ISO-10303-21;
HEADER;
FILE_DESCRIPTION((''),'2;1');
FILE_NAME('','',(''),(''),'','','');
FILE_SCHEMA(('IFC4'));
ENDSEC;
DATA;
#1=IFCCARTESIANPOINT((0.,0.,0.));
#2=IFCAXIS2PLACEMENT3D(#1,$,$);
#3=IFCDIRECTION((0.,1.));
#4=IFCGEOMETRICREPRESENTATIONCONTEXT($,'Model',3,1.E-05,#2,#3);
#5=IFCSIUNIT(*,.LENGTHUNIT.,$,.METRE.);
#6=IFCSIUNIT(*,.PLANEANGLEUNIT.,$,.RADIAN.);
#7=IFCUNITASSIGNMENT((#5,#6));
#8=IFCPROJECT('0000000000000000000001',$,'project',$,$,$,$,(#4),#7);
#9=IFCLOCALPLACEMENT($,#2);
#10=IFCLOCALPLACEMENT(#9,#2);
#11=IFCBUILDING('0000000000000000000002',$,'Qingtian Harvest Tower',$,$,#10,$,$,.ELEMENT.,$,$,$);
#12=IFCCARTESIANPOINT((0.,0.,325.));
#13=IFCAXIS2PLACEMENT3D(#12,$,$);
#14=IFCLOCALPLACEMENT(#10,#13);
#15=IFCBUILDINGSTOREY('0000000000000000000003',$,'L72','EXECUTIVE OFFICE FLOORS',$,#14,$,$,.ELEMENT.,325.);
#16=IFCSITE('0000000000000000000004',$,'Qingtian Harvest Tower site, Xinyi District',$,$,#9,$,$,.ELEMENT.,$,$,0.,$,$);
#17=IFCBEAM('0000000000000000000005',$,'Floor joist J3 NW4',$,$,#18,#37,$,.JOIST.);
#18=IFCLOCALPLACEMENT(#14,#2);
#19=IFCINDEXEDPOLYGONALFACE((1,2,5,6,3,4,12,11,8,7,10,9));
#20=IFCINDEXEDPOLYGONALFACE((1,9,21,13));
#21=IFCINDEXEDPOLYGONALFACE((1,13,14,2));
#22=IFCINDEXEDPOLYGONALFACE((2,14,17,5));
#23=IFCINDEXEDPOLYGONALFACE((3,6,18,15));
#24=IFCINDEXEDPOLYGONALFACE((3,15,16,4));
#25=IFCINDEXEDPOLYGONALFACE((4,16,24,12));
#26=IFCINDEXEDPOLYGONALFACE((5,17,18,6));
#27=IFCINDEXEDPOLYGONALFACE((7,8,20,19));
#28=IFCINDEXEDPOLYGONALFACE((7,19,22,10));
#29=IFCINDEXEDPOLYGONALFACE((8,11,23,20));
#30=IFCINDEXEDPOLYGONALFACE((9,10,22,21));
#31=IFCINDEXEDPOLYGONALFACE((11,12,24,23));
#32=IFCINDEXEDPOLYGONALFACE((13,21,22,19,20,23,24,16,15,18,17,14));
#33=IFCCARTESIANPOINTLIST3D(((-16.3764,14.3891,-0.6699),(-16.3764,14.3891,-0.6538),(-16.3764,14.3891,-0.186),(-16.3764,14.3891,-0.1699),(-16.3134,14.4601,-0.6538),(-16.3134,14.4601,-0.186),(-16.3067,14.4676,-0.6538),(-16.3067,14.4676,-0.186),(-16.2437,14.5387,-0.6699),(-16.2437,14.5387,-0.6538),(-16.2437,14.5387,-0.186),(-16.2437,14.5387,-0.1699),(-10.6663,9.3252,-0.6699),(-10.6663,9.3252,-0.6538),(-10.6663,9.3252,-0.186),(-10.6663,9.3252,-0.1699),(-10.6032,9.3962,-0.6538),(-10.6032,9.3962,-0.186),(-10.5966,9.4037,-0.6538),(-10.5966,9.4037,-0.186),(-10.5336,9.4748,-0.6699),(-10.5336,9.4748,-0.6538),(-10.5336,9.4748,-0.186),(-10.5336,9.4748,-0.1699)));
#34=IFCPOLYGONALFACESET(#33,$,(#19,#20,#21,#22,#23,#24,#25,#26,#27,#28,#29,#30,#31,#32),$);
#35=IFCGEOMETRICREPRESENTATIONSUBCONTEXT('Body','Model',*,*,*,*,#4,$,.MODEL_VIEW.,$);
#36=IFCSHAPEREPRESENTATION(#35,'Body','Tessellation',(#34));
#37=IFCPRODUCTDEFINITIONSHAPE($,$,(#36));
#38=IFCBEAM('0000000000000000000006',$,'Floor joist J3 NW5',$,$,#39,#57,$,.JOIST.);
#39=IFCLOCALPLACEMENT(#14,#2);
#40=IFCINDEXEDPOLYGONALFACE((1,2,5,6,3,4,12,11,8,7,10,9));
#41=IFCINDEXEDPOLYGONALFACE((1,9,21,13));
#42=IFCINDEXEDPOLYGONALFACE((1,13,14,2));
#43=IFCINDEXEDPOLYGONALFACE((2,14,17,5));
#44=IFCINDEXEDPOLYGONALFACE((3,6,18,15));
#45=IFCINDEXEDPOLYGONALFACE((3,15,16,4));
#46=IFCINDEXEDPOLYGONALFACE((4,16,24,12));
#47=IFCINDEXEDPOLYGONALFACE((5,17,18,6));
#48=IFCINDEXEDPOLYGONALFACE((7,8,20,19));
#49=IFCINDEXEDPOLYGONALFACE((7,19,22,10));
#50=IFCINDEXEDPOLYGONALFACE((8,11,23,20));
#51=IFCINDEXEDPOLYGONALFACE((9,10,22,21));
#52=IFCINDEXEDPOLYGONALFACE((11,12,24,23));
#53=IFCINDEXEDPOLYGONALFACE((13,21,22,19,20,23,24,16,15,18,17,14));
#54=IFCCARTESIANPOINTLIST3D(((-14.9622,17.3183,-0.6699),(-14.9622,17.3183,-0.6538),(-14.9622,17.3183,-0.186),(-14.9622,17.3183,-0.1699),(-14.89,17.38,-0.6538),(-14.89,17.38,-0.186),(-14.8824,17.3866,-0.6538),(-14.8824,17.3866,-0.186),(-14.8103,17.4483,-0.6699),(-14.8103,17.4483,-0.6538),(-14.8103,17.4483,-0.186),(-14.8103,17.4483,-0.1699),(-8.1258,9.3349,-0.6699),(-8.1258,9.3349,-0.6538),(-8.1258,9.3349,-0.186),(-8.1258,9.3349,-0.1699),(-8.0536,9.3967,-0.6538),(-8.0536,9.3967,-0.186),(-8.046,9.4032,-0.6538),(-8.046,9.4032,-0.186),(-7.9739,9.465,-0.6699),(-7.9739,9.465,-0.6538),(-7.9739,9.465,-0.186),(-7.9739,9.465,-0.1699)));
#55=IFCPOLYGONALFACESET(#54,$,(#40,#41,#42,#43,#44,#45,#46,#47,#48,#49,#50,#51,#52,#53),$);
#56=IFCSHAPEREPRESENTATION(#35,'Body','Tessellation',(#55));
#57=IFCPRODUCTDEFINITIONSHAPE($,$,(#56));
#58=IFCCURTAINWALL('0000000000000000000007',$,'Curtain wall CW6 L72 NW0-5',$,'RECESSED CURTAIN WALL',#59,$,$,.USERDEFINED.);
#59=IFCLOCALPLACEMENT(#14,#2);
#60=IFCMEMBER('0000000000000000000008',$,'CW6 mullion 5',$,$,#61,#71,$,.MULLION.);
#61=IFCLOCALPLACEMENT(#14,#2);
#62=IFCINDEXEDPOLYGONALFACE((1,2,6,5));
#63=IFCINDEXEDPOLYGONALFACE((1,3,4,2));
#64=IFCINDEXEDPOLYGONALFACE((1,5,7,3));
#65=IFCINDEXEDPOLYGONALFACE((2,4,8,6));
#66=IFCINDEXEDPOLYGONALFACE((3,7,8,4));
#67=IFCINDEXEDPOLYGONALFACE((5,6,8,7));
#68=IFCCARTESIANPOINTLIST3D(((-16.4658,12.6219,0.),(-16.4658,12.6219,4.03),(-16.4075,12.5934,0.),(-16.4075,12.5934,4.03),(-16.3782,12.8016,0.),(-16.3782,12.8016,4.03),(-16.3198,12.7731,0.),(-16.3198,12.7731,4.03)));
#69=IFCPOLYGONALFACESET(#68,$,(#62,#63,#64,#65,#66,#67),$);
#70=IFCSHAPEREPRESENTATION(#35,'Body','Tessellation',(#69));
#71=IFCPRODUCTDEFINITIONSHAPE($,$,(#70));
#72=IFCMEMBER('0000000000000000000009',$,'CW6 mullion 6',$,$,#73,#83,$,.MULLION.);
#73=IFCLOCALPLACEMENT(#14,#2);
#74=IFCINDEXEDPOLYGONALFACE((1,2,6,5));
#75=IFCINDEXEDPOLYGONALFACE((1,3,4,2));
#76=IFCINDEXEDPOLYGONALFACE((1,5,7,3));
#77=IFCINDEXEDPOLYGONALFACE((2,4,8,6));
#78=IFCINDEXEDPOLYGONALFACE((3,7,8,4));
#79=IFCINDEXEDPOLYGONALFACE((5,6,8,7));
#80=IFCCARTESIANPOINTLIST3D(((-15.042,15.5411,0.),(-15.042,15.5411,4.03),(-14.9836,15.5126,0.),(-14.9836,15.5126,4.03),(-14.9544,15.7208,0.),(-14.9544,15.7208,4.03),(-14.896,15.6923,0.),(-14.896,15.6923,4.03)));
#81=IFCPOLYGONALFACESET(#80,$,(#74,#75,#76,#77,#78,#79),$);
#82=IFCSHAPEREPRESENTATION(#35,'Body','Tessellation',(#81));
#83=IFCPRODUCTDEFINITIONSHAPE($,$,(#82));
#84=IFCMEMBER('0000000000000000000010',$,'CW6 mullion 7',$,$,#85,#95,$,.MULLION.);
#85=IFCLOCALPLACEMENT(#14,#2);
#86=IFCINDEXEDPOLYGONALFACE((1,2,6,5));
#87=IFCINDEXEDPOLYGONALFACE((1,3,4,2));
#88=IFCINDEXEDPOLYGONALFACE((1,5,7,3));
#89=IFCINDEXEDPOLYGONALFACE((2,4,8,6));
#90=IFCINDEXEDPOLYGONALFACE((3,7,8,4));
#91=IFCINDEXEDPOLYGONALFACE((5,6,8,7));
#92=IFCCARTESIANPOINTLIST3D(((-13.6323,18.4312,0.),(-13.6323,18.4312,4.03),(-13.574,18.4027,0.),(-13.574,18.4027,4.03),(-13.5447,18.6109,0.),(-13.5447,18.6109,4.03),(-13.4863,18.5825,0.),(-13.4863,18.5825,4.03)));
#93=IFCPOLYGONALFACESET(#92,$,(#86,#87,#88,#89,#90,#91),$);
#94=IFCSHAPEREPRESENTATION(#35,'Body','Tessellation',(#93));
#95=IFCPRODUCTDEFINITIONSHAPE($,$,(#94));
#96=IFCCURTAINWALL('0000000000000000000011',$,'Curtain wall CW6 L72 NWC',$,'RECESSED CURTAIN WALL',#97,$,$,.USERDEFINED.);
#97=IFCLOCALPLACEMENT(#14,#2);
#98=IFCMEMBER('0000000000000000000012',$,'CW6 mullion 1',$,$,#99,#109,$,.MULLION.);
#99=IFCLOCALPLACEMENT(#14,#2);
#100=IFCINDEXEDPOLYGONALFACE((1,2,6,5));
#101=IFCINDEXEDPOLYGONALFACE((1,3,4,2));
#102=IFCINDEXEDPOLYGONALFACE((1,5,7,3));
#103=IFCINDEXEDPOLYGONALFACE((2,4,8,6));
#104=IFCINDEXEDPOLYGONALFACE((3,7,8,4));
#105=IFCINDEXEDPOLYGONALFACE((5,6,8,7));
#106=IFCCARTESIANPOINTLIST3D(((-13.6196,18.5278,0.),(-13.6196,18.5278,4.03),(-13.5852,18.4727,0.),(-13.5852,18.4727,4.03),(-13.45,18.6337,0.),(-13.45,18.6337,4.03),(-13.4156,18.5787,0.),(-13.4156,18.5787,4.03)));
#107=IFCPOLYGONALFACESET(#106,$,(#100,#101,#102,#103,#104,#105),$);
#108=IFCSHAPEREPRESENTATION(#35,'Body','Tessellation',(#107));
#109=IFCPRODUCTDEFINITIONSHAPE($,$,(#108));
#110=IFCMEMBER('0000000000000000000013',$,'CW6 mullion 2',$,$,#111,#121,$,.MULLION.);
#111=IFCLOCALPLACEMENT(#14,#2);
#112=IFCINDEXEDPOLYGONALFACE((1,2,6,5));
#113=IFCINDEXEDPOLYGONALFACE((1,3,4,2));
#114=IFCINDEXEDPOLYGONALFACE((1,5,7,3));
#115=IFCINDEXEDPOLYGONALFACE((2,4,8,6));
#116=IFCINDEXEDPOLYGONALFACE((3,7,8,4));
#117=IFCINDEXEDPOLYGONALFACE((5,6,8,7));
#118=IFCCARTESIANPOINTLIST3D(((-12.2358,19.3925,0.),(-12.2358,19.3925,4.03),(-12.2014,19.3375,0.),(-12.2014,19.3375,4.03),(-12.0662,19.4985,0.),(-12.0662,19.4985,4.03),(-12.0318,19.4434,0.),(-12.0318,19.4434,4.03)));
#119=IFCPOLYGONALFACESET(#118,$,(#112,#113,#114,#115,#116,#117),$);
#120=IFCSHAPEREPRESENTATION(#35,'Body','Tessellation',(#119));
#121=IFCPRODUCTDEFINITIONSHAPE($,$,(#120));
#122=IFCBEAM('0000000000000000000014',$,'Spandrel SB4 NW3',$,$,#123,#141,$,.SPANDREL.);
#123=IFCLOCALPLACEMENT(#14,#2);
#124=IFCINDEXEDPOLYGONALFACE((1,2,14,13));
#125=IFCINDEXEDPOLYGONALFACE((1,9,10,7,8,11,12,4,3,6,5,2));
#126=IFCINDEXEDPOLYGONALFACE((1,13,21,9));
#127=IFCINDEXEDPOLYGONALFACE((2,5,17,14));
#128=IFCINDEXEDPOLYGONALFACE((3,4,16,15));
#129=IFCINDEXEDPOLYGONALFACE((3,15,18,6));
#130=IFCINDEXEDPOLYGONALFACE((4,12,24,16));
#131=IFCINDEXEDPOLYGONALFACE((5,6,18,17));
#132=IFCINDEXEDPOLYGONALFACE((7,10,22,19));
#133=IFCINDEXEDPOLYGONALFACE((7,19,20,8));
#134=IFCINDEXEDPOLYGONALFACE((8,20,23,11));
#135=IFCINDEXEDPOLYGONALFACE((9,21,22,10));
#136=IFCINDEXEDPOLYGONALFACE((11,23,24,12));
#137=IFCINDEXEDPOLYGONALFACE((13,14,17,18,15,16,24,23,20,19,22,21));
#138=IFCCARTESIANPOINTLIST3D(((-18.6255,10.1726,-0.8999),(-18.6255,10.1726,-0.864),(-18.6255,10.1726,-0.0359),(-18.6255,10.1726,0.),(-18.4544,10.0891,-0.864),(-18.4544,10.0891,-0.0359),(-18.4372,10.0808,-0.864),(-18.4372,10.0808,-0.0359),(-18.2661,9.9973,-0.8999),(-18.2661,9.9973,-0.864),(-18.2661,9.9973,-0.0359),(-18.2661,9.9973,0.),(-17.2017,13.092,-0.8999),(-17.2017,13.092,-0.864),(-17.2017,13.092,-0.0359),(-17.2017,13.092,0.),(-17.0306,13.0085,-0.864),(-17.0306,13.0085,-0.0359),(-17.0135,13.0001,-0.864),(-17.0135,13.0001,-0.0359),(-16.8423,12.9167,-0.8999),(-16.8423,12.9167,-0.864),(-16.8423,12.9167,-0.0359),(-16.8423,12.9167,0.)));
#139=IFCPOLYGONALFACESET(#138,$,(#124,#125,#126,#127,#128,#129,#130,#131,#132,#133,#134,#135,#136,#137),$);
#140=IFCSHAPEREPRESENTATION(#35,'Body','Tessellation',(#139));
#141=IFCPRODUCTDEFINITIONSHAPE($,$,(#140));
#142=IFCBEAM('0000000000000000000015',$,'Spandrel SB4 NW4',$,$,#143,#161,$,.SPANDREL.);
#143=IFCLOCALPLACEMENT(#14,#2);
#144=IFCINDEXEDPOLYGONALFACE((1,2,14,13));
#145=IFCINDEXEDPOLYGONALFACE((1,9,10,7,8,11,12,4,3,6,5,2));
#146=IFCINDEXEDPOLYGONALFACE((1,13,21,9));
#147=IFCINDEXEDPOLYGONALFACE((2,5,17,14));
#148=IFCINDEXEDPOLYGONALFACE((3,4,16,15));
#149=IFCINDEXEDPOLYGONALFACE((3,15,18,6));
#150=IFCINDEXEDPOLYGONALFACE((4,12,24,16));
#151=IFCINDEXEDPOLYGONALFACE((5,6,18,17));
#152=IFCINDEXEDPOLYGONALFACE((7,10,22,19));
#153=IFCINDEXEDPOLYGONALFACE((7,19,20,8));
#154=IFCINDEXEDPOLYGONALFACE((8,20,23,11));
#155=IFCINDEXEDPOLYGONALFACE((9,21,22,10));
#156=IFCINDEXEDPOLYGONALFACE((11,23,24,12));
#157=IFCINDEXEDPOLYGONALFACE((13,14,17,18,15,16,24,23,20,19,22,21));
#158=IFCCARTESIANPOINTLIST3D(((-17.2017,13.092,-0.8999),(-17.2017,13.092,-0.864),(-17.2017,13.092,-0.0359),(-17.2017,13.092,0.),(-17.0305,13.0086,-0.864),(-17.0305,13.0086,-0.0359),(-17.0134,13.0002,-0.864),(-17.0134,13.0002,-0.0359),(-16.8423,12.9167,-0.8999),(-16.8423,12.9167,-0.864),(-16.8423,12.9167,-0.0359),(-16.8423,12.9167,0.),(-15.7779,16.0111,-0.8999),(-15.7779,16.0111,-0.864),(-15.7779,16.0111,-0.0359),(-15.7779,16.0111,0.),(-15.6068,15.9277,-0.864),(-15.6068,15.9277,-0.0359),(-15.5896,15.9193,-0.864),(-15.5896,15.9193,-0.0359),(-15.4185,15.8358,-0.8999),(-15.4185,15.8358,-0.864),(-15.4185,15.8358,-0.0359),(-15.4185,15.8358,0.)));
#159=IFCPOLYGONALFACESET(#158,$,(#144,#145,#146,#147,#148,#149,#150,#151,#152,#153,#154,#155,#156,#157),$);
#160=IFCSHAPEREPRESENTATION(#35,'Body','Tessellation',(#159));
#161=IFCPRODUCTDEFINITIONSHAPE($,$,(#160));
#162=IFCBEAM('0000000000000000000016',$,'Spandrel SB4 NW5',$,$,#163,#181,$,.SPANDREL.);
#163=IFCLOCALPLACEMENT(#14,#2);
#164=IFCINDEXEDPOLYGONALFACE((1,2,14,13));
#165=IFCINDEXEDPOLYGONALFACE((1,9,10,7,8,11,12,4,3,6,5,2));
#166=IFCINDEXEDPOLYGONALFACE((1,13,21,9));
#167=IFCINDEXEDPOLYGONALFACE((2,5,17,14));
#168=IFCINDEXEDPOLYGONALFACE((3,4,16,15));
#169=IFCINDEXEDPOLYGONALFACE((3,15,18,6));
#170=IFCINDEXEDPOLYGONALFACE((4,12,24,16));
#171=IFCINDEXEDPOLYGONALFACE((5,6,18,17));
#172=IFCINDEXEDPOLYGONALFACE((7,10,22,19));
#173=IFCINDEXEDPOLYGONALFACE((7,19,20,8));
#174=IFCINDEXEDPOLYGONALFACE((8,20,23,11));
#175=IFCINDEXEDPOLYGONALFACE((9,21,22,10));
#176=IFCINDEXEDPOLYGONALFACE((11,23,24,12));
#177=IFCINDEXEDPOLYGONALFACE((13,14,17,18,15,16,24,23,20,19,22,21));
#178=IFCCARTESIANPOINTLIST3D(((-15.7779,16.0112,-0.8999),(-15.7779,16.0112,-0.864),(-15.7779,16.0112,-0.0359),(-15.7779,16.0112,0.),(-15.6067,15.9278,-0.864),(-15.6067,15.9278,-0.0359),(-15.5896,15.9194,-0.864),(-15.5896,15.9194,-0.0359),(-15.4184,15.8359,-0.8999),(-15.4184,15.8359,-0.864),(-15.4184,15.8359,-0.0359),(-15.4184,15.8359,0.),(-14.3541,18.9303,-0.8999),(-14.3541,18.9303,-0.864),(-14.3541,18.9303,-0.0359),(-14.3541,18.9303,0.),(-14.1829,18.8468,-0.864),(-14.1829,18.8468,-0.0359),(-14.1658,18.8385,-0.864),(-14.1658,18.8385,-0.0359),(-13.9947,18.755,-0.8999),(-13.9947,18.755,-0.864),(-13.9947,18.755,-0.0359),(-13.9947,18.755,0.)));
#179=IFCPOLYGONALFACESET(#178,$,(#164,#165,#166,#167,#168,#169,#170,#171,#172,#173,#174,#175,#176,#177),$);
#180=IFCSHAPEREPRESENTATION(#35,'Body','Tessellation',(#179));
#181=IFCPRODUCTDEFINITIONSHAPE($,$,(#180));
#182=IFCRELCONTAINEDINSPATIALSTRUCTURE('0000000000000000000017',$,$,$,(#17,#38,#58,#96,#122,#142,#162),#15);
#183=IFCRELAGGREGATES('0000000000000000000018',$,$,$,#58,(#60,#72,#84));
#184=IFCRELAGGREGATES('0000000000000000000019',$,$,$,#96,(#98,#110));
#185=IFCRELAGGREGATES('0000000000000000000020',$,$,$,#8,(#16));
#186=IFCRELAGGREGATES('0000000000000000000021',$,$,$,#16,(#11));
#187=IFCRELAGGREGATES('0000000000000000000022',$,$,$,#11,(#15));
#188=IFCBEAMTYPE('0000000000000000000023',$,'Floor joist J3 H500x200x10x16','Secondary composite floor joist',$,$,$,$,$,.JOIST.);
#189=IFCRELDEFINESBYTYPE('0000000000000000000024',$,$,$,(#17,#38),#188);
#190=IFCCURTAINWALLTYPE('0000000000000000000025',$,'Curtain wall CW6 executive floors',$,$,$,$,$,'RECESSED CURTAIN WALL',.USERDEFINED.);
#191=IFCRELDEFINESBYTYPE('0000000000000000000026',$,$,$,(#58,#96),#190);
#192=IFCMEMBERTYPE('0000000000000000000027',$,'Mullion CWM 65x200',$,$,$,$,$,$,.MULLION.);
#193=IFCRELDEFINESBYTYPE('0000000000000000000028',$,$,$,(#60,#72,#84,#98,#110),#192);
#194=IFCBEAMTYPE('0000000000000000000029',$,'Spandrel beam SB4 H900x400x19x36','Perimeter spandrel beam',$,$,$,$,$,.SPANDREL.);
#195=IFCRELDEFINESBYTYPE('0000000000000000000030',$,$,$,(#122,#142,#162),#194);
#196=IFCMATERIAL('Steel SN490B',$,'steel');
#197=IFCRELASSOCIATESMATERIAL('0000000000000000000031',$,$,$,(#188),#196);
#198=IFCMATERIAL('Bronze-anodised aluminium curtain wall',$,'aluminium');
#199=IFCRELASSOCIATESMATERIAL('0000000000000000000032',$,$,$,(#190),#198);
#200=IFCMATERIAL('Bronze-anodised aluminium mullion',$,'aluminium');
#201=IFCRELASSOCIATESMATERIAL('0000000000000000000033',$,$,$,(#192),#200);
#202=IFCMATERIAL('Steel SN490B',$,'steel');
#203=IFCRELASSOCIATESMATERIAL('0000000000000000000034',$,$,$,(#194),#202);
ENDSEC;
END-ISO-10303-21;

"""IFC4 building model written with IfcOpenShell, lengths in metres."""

from ifc_helpers import new_model, si_unit, direction, frame, origin, origin_2d, place, context, subcontext, project, spatial, rectangle, i_section, extrude, material, material_profile, profile_set, type_object, element, aggregate, save


model = new_model("IFC4")

# Units and contexts
model_context = context("Model", 3, precision=1e-05, world=origin(), true_north=direction((0.0, 1.0)))
body_context = subcontext(model_context, "Body", "Model", "MODEL_VIEW")
ifc_project = project(units=[si_unit("LENGTHUNIT", "METRE"), si_unit("PLANEANGLEUNIT", "RADIAN")], contexts=[model_context])

# Site, building, storey
site_placement = place(None, origin())
site = spatial("IfcSite", under=ifc_project, at=site_placement, Name="Qingtian Harvest Tower site, Xinyi District", CompositionType="ELEMENT", RefElevation=0.0)
building_placement = place(site_placement, origin())
building = spatial("IfcBuilding", under=site, at=building_placement, Name="Qingtian Harvest Tower", CompositionType="ELEMENT")
storey_placement = place(building_placement, frame((0.0, 0.0, 325.0)))
storey = spatial("IfcBuildingStorey", under=building, at=storey_placement, Name="L72", Description="EXECUTIVE OFFICE FLOORS", CompositionType="ELEMENT", Elevation=325.0)

# Beams
ifc_material_1 = material(Name="Steel SN490B", Category="steel")
ifc_material_profile_1 = material_profile(ifc_material_1, i_section(OverallWidth=0.2, OverallDepth=0.5, WebThickness=0.01, FlangeThickness=0.0161, at=origin_2d()), Name="H500x200x10x16")
ifc_profile_set_1 = profile_set([ifc_material_profile_1], Name="Steel SN490B")
beam_type_1 = type_object("IfcBeamType", Name="Floor joist J3 H500x200x10x16", Description="Secondary composite floor joist", PredefinedType="JOIST", material=ifc_profile_set_1)
beam_1_placement = place(storey_placement, frame((-16.3101, 14.4639, -0.4199), z_axis=(0.748175, -0.663502, 0.0), x_axis=(0.663502, 0.748175, 0.0)))
element("IfcBeam", 1, at=beam_1_placement, inside=storey, type_object=beam_type_1, Name="Floor joist J3 NW4", PredefinedType="JOIST", context=body_context, shape_type="SweptSolid", body=[
    extrude(i_section(OverallWidth=0.2, OverallDepth=0.5, WebThickness=0.01, FlangeThickness=0.0161, at=origin_2d()), origin(), (0.0, 0.0, 1.0), 7.6321),
])
beam_2_placement = place(storey_placement, frame((-14.8862, 17.3833, -0.4199), z_axis=(0.650436, -0.759561, 0.0), x_axis=(0.759561, 0.650436, 0.0)))
element("IfcBeam", 2, at=beam_2_placement, inside=storey, type_object=beam_type_1, Name="Floor joist J3 NW5", PredefinedType="JOIST", context=body_context, shape_type="SweptSolid", body=[
    extrude(i_section(OverallWidth=0.2, OverallDepth=0.5, WebThickness=0.01, FlangeThickness=0.0161, at=origin_2d()), origin(), (0.0, 0.0, 1.0), 10.5105),
])

# Curtain walls, members
ifc_material_2 = material(Name="Bronze-anodised aluminium curtain wall", Category="aluminium")
curtain_wall_type = type_object("IfcCurtainWallType", Name="Curtain wall CW6 executive floors", ElementType="RECESSED CURTAIN WALL", PredefinedType="USERDEFINED", material=ifc_material_2)
curtain_wall_1_placement = place(storey_placement, origin())
curtain_wall_1 = element("IfcCurtainWall", 3, at=curtain_wall_1_placement, inside=storey, type_object=curtain_wall_type, Name="Curtain wall CW6 L72 NW0-5", ObjectType="RECESSED CURTAIN WALL", PredefinedType="USERDEFINED")
ifc_material_3 = material(Name="Bronze-anodised aluminium mullion", Category="aluminium")
ifc_material_profile_2 = material_profile(ifc_material_3, rectangle(XDim=0.0649, YDim=0.2, at=origin_2d()), Name="AL 65x200")
ifc_profile_set_2 = profile_set([ifc_material_profile_2], Name="Bronze-anodised aluminium mullion")
member_type_1 = type_object("IfcMemberType", Name="Mullion CWM 65x200", PredefinedType="MULLION", material=ifc_profile_set_2)
member_1_placement = place(storey_placement, frame((-16.3928, 12.6975, 0.0), z_axis=(0.0, 0.0, 1.0), x_axis=(-0.898794, 0.438371, 0.0)))
member_1 = element("IfcMember", 4, at=member_1_placement, type_object=member_type_1, Name="CW6 mullion 5", PredefinedType="MULLION", context=body_context, shape_type="SweptSolid", body=[
    extrude(rectangle(XDim=0.0649, YDim=0.2, at=origin_2d()), origin(), (0.0, 0.0, 1.0), 4.03),
])
member_2_placement = place(storey_placement, frame((-14.969, 15.6167, 0.0), z_axis=(0.0, 0.0, 1.0), x_axis=(-0.898794, 0.438371, 0.0)))
member_2 = element("IfcMember", 5, at=member_2_placement, type_object=member_type_1, Name="CW6 mullion 6", PredefinedType="MULLION", context=body_context, shape_type="SweptSolid", body=[
    extrude(rectangle(XDim=0.0649, YDim=0.2, at=origin_2d()), origin(), (0.0, 0.0, 1.0), 4.03),
])
member_3_placement = place(storey_placement, frame((-13.5593, 18.5068, 0.0), z_axis=(0.0, 0.0, 1.0), x_axis=(-0.898794, 0.438371, 0.0)))
member_3 = element("IfcMember", 6, at=member_3_placement, type_object=member_type_1, Name="CW6 mullion 7", PredefinedType="MULLION", context=body_context, shape_type="SweptSolid", body=[
    extrude(rectangle(XDim=0.0649, YDim=0.2, at=origin_2d()), origin(), (0.0, 0.0, 1.0), 4.03),
])
curtain_wall_2_placement = place(storey_placement, origin())
curtain_wall_2 = element("IfcCurtainWall", 7, at=curtain_wall_2_placement, inside=storey, type_object=curtain_wall_type, Name="Curtain wall CW6 L72 NWC", ObjectType="RECESSED CURTAIN WALL", PredefinedType="USERDEFINED")
member_4_placement = place(storey_placement, frame((-13.5176, 18.5532, 0.0), z_axis=(0.0, 0.0, 1.0), x_axis=(-0.529919, 0.848048, 0.0)))
member_4 = element("IfcMember", 8, at=member_4_placement, type_object=member_type_1, Name="CW6 mullion 1", PredefinedType="MULLION", context=body_context, shape_type="SweptSolid", body=[
    extrude(rectangle(XDim=0.0649, YDim=0.2, at=origin_2d()), origin(), (0.0, 0.0, 1.0), 4.03),
])
member_5_placement = place(storey_placement, frame((-12.1338, 19.418, 0.0), z_axis=(0.0, 0.0, 1.0), x_axis=(-0.529919, 0.848048, 0.0)))
member_5 = element("IfcMember", 9, at=member_5_placement, type_object=member_type_1, Name="CW6 mullion 2", PredefinedType="MULLION", context=body_context, shape_type="SweptSolid", body=[
    extrude(rectangle(XDim=0.0649, YDim=0.2, at=origin_2d()), origin(), (0.0, 0.0, 1.0), 4.03),
])

# Beams
ifc_material_4 = material(Name="Steel SN490B", Category="steel")
ifc_material_profile_3 = material_profile(ifc_material_4, i_section(OverallWidth=0.3999, OverallDepth=0.8999, WebThickness=0.019, FlangeThickness=0.0359, at=origin_2d()), Name="H900x400x19x36")
ifc_profile_set_3 = profile_set([ifc_material_profile_3], Name="Steel SN490B")
beam_type_2 = type_object("IfcBeamType", Name="Spandrel beam SB4 H900x400x19x36", Description="Perimeter spandrel beam", PredefinedType="SPANDREL", material=ifc_profile_set_3)
beam_3_placement = place(storey_placement, frame((-18.4458, 10.085, -0.45), z_axis=(0.438353, 0.898803, 0.0), x_axis=(-0.898803, 0.438353, 0.0)))
element("IfcBeam", 10, at=beam_3_placement, inside=storey, type_object=beam_type_2, Name="Spandrel SB4 NW3", PredefinedType="SPANDREL", context=body_context, shape_type="SweptSolid", body=[
    extrude(i_section(OverallWidth=0.3999, OverallDepth=0.8999, WebThickness=0.019, FlangeThickness=0.0359, at=origin_2d()), origin(), (0.0, 0.0, 1.0), 3.248),
])
for number, where, z_axis, x_axis, name in (
    (11, (-17.022, 13.0044, -0.45), (0.438382, 0.898789, 0.0), (-0.898789, 0.438382, 0.0), "Spandrel SB4 NW4"),
    (12, (-15.5981, 15.9236, -0.45), (0.438382, 0.898789, 0.0), (-0.898789, 0.438382, 0.0), "Spandrel SB4 NW5"),
):
    element("IfcBeam", number, at=place(storey_placement, frame(where, z_axis=z_axis, x_axis=x_axis)), inside=storey, type_object=beam_type_2, Name=name, PredefinedType="SPANDREL", context=body_context, shape_type="SweptSolid", body=[
        extrude(i_section(OverallWidth=0.3999, OverallDepth=0.8999, WebThickness=0.019, FlangeThickness=0.0359, at=origin_2d()), origin(), (0.0, 0.0, 1.0), 3.2478),
    ])

aggregate(curtain_wall_1, [member_1, member_2, member_3])
aggregate(curtain_wall_2, [member_4, member_5])

save(model, "model.ifc")
